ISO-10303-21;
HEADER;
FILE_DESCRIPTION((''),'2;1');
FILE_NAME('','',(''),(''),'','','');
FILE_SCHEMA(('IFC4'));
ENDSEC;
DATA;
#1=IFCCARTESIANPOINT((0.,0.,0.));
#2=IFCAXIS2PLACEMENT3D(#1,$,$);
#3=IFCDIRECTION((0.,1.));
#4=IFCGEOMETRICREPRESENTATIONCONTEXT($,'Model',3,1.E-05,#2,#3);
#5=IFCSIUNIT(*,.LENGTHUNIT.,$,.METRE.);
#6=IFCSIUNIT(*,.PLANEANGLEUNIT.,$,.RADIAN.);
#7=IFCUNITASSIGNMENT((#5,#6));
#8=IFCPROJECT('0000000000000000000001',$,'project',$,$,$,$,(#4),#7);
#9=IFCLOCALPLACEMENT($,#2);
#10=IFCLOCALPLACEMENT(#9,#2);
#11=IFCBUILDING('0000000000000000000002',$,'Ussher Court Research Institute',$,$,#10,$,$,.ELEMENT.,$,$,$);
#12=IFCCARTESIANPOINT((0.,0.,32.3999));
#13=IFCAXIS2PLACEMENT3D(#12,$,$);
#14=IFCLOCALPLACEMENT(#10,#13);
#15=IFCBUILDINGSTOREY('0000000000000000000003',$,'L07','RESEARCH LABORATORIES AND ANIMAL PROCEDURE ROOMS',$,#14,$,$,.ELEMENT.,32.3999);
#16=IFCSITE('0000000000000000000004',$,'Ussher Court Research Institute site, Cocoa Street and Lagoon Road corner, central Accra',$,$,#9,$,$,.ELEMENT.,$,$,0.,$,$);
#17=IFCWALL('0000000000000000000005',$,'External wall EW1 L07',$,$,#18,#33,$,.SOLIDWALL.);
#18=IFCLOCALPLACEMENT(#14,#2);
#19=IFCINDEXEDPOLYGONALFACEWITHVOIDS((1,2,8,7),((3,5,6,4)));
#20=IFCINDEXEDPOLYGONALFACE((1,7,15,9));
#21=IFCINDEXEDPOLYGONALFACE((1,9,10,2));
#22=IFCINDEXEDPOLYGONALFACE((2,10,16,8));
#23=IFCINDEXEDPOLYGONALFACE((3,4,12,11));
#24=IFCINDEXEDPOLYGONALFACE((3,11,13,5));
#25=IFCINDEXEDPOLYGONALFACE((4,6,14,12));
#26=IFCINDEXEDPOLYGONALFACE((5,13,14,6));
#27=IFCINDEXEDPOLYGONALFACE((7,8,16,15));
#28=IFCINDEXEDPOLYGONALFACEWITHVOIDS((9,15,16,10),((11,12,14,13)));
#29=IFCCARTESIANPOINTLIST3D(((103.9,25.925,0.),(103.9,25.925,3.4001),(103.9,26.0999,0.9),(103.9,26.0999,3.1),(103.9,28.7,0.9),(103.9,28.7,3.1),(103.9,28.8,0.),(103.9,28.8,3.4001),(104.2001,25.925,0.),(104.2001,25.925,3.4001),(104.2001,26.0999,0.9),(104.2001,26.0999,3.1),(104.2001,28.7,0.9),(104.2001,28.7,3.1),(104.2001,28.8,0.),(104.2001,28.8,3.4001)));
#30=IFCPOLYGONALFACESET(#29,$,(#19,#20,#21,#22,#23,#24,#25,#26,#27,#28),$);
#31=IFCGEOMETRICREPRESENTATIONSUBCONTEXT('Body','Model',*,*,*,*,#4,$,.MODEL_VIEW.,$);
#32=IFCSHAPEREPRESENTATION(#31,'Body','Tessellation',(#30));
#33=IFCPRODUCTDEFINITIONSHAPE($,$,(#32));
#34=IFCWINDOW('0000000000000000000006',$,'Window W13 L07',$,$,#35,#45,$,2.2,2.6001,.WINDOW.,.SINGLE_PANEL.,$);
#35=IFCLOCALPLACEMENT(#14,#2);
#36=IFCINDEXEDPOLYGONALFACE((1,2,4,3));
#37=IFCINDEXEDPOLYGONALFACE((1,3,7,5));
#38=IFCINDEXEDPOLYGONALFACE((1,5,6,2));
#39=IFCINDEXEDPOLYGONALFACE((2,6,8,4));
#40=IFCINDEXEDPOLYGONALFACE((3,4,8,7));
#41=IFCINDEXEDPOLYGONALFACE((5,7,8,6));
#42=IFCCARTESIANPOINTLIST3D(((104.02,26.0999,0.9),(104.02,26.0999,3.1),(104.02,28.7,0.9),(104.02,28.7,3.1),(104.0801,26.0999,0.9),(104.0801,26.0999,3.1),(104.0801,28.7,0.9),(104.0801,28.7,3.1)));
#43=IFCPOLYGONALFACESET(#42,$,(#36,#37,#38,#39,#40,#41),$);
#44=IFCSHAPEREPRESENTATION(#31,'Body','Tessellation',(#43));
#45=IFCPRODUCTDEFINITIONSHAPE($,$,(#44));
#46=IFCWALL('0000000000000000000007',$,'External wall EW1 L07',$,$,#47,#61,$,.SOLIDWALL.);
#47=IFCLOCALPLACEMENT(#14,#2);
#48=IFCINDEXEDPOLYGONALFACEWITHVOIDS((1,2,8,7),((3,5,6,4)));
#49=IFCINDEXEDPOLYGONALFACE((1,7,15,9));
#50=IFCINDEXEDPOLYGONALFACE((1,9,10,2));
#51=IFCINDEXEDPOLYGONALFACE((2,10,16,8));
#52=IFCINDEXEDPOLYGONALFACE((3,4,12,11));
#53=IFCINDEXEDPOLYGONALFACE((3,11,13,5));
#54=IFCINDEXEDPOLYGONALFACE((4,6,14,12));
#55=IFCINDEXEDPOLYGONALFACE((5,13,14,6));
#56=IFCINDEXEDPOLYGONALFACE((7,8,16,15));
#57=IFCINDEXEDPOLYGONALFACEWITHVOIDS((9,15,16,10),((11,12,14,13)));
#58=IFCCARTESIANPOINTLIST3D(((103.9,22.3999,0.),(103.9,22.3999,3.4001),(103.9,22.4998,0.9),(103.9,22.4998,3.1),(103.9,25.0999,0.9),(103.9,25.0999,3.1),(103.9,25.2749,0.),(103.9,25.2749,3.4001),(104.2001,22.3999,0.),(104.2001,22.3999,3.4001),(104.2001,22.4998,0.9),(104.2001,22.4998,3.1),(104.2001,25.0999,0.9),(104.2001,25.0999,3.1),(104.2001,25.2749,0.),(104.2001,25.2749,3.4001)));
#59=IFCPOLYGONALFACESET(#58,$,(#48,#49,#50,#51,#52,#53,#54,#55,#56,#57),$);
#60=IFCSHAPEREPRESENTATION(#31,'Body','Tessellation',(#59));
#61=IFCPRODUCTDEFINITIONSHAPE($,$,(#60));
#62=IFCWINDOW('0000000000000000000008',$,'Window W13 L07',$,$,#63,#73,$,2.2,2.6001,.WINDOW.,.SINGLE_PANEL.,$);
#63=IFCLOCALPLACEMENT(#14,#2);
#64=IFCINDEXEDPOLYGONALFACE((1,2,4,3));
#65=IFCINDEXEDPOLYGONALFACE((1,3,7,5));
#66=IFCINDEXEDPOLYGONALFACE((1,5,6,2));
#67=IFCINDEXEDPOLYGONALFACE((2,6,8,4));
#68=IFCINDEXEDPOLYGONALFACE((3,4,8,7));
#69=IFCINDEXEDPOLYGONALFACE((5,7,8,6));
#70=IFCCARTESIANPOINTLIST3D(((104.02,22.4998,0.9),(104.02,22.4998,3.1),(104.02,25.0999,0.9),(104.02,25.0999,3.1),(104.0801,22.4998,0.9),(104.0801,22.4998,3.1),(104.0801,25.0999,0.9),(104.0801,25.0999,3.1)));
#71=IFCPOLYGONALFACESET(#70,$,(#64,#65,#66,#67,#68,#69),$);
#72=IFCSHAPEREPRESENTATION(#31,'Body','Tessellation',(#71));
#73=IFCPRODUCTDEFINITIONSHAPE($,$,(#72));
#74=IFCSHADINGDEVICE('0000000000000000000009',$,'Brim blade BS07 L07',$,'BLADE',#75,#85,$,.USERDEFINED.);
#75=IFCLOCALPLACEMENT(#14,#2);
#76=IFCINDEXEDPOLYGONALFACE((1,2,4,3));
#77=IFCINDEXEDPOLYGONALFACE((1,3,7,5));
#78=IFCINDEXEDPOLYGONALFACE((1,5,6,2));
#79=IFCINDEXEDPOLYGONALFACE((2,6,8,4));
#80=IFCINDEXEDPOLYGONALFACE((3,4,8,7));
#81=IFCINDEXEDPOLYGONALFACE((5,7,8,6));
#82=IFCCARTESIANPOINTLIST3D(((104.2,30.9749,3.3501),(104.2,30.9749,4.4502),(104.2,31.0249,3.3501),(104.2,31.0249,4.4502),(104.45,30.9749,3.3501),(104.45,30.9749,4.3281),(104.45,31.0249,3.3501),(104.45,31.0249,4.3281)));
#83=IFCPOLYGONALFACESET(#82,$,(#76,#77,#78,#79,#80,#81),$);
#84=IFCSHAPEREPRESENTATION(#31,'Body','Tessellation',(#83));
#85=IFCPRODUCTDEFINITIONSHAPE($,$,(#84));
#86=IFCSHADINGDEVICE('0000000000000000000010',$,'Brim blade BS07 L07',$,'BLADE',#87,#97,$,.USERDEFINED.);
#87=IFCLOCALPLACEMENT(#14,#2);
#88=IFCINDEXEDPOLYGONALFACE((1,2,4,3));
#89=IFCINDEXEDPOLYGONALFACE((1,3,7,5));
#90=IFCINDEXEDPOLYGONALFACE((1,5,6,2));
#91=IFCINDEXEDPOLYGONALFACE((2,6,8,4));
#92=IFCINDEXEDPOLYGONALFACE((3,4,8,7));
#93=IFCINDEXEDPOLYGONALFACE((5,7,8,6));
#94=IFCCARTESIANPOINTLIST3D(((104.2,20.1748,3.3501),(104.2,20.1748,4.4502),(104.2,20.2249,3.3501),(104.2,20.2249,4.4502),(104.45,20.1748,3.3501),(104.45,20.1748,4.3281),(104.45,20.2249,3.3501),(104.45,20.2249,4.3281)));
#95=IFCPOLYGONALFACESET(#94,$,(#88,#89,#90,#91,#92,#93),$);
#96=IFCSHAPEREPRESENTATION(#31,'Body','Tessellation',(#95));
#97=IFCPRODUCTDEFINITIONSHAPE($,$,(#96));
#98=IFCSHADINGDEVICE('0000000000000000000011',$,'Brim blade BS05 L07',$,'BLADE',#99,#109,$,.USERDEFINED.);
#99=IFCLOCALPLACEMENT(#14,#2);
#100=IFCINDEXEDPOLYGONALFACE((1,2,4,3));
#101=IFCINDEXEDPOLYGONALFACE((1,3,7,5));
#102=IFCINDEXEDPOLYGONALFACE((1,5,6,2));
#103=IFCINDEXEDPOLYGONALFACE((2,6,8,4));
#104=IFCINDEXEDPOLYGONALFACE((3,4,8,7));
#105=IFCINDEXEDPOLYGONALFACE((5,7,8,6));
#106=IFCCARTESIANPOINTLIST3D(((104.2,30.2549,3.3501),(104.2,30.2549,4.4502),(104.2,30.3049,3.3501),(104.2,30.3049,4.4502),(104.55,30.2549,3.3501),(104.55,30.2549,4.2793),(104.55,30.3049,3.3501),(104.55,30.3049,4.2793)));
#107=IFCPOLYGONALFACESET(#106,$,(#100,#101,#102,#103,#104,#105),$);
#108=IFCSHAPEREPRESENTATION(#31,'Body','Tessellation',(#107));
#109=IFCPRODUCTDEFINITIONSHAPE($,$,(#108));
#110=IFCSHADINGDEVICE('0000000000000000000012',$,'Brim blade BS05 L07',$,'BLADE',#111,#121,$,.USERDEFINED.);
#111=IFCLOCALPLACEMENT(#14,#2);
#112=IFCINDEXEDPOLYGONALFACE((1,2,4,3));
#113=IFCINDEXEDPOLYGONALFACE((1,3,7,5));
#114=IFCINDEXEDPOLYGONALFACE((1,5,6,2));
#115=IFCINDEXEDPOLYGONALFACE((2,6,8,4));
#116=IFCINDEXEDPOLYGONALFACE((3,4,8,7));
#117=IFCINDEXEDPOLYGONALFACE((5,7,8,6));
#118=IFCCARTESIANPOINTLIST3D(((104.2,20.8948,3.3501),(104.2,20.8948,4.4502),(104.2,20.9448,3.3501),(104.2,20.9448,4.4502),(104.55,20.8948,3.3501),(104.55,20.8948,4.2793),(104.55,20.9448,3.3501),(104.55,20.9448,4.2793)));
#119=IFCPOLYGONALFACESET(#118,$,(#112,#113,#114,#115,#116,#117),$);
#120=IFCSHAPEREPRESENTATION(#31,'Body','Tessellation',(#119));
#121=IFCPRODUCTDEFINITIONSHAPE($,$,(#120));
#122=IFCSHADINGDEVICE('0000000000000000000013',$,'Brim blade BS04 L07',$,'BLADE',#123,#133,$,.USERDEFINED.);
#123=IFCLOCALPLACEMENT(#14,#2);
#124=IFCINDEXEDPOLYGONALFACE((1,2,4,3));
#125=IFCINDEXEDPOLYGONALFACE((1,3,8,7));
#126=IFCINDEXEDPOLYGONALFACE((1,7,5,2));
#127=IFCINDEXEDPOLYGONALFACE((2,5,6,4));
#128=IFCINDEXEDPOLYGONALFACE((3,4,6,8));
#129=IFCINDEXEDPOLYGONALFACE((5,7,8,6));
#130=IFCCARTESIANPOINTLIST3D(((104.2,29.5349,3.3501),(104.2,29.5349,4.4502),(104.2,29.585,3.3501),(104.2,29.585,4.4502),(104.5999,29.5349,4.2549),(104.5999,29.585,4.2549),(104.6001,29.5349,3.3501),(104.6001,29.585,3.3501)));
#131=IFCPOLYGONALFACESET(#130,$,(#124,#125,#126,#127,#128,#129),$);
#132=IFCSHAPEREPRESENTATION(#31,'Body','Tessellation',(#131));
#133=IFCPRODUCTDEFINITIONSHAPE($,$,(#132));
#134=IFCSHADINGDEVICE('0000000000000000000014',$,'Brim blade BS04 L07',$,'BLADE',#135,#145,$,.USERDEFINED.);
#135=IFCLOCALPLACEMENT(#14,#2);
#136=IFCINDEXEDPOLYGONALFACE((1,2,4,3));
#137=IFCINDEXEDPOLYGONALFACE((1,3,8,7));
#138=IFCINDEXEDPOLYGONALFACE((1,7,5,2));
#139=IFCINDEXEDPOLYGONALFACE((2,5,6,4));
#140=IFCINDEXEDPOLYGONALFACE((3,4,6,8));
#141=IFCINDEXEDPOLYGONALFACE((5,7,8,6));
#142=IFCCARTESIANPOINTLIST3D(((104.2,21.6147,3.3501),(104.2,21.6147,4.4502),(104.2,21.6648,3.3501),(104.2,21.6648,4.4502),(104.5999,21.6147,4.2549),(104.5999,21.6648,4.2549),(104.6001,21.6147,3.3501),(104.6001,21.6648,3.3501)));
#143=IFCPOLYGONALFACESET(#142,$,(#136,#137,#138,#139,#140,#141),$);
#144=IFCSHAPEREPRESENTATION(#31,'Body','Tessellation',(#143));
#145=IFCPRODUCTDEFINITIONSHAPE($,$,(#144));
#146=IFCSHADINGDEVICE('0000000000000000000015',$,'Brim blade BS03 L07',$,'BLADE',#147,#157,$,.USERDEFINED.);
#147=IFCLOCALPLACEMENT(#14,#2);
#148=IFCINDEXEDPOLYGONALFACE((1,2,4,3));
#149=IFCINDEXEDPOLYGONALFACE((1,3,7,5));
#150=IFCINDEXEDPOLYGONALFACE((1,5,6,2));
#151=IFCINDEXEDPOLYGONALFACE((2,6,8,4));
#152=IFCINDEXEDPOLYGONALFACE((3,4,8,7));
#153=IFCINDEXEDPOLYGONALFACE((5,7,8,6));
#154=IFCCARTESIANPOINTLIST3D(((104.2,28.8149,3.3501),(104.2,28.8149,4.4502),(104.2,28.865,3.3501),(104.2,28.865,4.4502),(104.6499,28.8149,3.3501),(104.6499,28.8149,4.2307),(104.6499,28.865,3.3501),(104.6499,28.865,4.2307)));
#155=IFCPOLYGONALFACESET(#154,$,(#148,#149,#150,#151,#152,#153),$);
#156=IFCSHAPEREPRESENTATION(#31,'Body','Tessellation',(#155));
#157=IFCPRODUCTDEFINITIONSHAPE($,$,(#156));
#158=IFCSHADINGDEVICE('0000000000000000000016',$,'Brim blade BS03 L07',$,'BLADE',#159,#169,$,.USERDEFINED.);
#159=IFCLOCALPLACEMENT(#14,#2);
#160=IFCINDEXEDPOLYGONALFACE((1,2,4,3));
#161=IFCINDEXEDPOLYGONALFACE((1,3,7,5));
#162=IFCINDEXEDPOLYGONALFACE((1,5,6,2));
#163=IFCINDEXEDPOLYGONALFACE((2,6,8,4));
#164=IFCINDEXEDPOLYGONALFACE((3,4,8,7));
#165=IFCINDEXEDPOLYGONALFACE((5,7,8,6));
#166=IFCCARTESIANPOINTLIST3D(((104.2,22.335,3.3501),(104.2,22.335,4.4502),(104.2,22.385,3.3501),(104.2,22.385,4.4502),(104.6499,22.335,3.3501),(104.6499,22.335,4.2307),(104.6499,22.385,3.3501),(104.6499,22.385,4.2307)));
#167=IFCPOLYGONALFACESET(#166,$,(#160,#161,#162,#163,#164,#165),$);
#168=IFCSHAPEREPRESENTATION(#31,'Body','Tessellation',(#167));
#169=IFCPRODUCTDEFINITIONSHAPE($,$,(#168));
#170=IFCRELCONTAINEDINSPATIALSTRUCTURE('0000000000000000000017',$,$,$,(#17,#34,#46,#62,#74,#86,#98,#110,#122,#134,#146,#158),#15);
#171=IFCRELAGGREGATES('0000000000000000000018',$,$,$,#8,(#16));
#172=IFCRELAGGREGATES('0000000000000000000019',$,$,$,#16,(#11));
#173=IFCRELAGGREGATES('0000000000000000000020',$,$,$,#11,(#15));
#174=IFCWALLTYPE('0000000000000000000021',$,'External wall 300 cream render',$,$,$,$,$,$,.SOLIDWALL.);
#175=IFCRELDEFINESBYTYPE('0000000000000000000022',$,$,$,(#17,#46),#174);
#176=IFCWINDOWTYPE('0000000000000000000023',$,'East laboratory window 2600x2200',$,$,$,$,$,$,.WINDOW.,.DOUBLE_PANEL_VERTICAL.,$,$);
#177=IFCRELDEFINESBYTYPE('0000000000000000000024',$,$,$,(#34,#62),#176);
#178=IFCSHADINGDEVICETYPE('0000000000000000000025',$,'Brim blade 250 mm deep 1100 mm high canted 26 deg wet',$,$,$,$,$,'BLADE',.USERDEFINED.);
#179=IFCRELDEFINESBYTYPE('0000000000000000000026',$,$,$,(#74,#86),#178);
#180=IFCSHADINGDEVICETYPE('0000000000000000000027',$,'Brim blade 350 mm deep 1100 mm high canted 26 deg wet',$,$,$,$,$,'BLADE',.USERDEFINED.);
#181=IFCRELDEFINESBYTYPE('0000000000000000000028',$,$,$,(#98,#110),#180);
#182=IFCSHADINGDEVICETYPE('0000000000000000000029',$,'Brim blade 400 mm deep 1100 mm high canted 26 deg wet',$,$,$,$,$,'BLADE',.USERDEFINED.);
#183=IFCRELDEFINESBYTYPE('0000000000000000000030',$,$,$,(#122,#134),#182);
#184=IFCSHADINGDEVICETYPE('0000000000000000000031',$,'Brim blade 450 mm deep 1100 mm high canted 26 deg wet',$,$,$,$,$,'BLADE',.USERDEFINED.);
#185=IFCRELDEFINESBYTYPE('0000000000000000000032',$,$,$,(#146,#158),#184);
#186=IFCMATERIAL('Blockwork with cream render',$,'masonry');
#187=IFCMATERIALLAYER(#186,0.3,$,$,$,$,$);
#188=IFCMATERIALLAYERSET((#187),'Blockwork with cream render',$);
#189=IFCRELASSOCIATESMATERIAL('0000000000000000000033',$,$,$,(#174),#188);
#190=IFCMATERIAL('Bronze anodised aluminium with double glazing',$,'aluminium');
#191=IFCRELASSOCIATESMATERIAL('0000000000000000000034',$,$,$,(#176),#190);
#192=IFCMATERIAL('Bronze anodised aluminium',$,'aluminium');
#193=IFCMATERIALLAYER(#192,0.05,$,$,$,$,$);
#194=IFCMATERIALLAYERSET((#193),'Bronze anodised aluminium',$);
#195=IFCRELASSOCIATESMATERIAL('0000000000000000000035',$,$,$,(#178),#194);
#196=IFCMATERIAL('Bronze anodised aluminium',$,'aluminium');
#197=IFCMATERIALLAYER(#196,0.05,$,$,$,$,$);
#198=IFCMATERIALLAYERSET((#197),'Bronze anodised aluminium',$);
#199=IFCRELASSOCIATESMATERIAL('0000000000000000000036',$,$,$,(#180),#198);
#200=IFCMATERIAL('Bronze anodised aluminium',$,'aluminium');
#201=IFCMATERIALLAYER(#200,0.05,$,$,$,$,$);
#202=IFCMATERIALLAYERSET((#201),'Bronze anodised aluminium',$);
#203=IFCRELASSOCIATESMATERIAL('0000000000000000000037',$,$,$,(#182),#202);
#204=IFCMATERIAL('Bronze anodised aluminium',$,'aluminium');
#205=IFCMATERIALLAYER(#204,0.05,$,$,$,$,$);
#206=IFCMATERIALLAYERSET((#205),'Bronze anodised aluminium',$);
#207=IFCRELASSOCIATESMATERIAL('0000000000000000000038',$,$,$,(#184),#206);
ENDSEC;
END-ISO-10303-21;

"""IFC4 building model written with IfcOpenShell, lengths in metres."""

from ifc_helpers import new_model, si_unit, direction, frame, frame_2d, origin, place, context, subcontext, project, spatial, polyline, rectangle, outline, extrude, material, layer, layer_set, type_object, element, fill, save


model = new_model("IFC4")

# Units and contexts
model_context = context("Model", 3, precision=1e-05, world=origin(), true_north=direction((0.0, 1.0)))
body_context = subcontext(model_context, "Body", "Model", "MODEL_VIEW")
ifc_project = project(units=[si_unit("LENGTHUNIT", "METRE"), si_unit("PLANEANGLEUNIT", "RADIAN")], contexts=[model_context])

# Site, building, storey
site_placement = place(None, origin())
site = spatial("IfcSite", under=ifc_project, at=site_placement, Name="Ussher Court Research Institute site, Cocoa Street and Lagoon Road corner, central Accra", CompositionType="ELEMENT", RefElevation=0.0)
building_placement = place(site_placement, origin())
building = spatial("IfcBuilding", under=site, at=building_placement, Name="Ussher Court Research Institute", CompositionType="ELEMENT")
storey_placement = place(building_placement, frame((0.0, 0.0, 32.3999)))
storey = spatial("IfcBuildingStorey", under=building, at=storey_placement, Name="L07", Description="RESEARCH LABORATORIES AND ANIMAL PROCEDURE ROOMS", CompositionType="ELEMENT", Elevation=32.3999)

# Walls, openings, windows
ifc_material_1 = material(Name="Blockwork with cream render", Category="masonry")
ifc_layer_1 = layer(ifc_material_1, 0.3)
ifc_layer_set_1 = layer_set([ifc_layer_1], Name="Blockwork with cream render")
wall_type = type_object("IfcWallType", Name="External wall 300 cream render", PredefinedType="SOLIDWALL", material=ifc_layer_set_1)
wall_1_placement = place(storey_placement, frame((104.05, 28.8, 0.0), z_axis=(0.0, 0.0, 1.0), x_axis=(0.0, -1.0, 0.0)))
wall_1 = element("IfcWall", 1, at=wall_1_placement, inside=storey, type_object=wall_type, Name="External wall EW1 L07", PredefinedType="SOLIDWALL", context=body_context, shape_type="SweptSolid", body=[
    extrude(rectangle(XDim=2.875, YDim=0.3, at=frame_2d((1.4375, 0.0))), origin(), (0.0, 0.0, 1.0), 3.4001),
])
opening_1_placement = place(wall_1_placement, frame((0.1001, 0.0, 0.8999)))
opening_1 = element("IfcOpeningElement", 2, at=opening_1_placement, cuts=wall_1, PredefinedType="OPENING", context=body_context, shape_type="SweptSolid", body=[
    extrude(rectangle(XDim=2.6001, YDim=2.2, at=frame_2d((1.3, 1.1001))), frame((0.0, 0.1602, 0.0), z_axis=(0.0, -1.0, 0.0), x_axis=(1.0, 0.0, 0.0)), (0.0, 0.0, 1.0), 0.3201),
])
ifc_material_2 = material(Name="Bronze anodised aluminium with double glazing", Category="aluminium")
window_type = type_object("IfcWindowType", Name="East laboratory window 2600x2200", PartitioningType="DOUBLE_PANEL_VERTICAL", PredefinedType="WINDOW", material=ifc_material_2)
window_1_placement = place(opening_1_placement, origin())
window_1 = element("IfcWindow", 3, at=window_1_placement, inside=storey, type_object=window_type, Name="Window W13 L07", OverallHeight=2.2, OverallWidth=2.6001, PartitioningType="SINGLE_PANEL", PredefinedType="WINDOW", context=body_context, shape_type="SweptSolid", body=[
    extrude(rectangle(XDim=2.6001, YDim=2.2, at=frame_2d((1.3, 1.1001))), frame((0.0, 0.03, 0.0), z_axis=(0.0, -1.0, 0.0), x_axis=(1.0, 0.0, 0.0)), (0.0, 0.0, 1.0), 0.0601),
])
fill(opening_1, window_1)
wall_2_placement = place(storey_placement, frame((104.05, 25.2749, 0.0), z_axis=(0.0, 0.0, 1.0), x_axis=(0.0, -1.0, 0.0)))
wall_2 = element("IfcWall", 4, at=wall_2_placement, inside=storey, type_object=wall_type, Name="External wall EW1 L07", PredefinedType="SOLIDWALL", context=body_context, shape_type="SweptSolid", body=[
    extrude(rectangle(XDim=2.875, YDim=0.3, at=frame_2d((1.4375, 0.0))), origin(), (0.0, 0.0, 1.0), 3.4001),
])
opening_2_placement = place(wall_2_placement, frame((0.175, 0.0, 0.8999)))
opening_2 = element("IfcOpeningElement", 5, at=opening_2_placement, cuts=wall_2, PredefinedType="OPENING", context=body_context, shape_type="SweptSolid", body=[
    extrude(rectangle(XDim=2.6001, YDim=2.2, at=frame_2d((1.3, 1.1001))), frame((0.0, 0.1602, 0.0), z_axis=(0.0, -1.0, 0.0), x_axis=(1.0, 0.0, 0.0)), (0.0, 0.0, 1.0), 0.3201),
])
window_2_placement = place(opening_2_placement, origin())
window_2 = element("IfcWindow", 6, at=window_2_placement, inside=storey, type_object=window_type, Name="Window W13 L07", OverallHeight=2.2, OverallWidth=2.6001, PartitioningType="SINGLE_PANEL", PredefinedType="WINDOW", context=body_context, shape_type="SweptSolid", body=[
    extrude(rectangle(XDim=2.6001, YDim=2.2, at=frame_2d((1.3, 1.1001))), frame((0.0, 0.03, 0.0), z_axis=(0.0, -1.0, 0.0), x_axis=(1.0, 0.0, 0.0)), (0.0, 0.0, 1.0), 0.0601),
])
fill(opening_2, window_2)

# Shading devices
ifc_material_3 = material(Name="Bronze anodised aluminium", Category="aluminium")
ifc_layer_2 = layer(ifc_material_3, 0.05)
ifc_layer_set_2 = layer_set([ifc_layer_2], Name="Bronze anodised aluminium")
shading_device_type_1 = type_object("IfcShadingDeviceType", Name="Brim blade 250 mm deep 1100 mm high canted 26 deg wet", ElementType="BLADE", PredefinedType="USERDEFINED", material=ifc_layer_set_2)
for number, where, z_axis, x_axis, name in (
    (7, (104.2, 31.0, 3.3501), (0.0, 0.0, 1.0), (1.0, 0.0, 0.0), "Brim blade BS07 L07"),
    (8, (104.2, 20.2, 3.3501), (0.0, 0.0, 1.0), (1.0, 0.0, 0.0), "Brim blade BS07 L07"),
):
    element("IfcShadingDevice", number, at=place(storey_placement, frame(where, z_axis=z_axis, x_axis=x_axis)), inside=storey, type_object=shading_device_type_1, Name=name, ObjectType="BLADE", PredefinedType="USERDEFINED", context=body_context, shape_type="SweptSolid", body=[
        extrude(outline(polyline([(0.0, 0.0), (0.25, 0.0), (0.25, 0.978), (0.0, 1.1001), (0.0, 0.0)])), frame((0.0, 0.0249, 0.0), z_axis=(0.0, -1.0, 0.0), x_axis=(1.0, 0.0, 0.0)), (0.0, 0.0, 1.0), 0.05),
    ])
ifc_material_4 = material(Name="Bronze anodised aluminium", Category="aluminium")
ifc_layer_3 = layer(ifc_material_4, 0.05)
ifc_layer_set_3 = layer_set([ifc_layer_3], Name="Bronze anodised aluminium")
shading_device_type_2 = type_object("IfcShadingDeviceType", Name="Brim blade 350 mm deep 1100 mm high canted 26 deg wet", ElementType="BLADE", PredefinedType="USERDEFINED", material=ifc_layer_set_3)
for number, where, z_axis, x_axis, name in (
    (9, (104.2, 30.28, 3.3501), (0.0, 0.0, 1.0), (1.0, 0.0, 0.0), "Brim blade BS05 L07"),
    (10, (104.2, 20.9199, 3.3501), (0.0, 0.0, 1.0), (1.0, 0.0, 0.0), "Brim blade BS05 L07"),
):
    element("IfcShadingDevice", number, at=place(storey_placement, frame(where, z_axis=z_axis, x_axis=x_axis)), inside=storey, type_object=shading_device_type_2, Name=name, ObjectType="BLADE", PredefinedType="USERDEFINED", context=body_context, shape_type="SweptSolid", body=[
        extrude(outline(polyline([(0.0, 0.0), (0.3501, 0.0), (0.3501, 0.9292), (0.0, 1.1001), (0.0, 0.0)])), frame((0.0, 0.0249, 0.0), z_axis=(0.0, -1.0, 0.0), x_axis=(1.0, 0.0, 0.0)), (0.0, 0.0, 1.0), 0.05),
    ])
ifc_material_5 = material(Name="Bronze anodised aluminium", Category="aluminium")
ifc_layer_4 = layer(ifc_material_5, 0.05)
ifc_layer_set_4 = layer_set([ifc_layer_4], Name="Bronze anodised aluminium")
shading_device_type_3 = type_object("IfcShadingDeviceType", Name="Brim blade 400 mm deep 1100 mm high canted 26 deg wet", ElementType="BLADE", PredefinedType="USERDEFINED", material=ifc_layer_set_4)
for number, where, z_axis, x_axis, name in (
    (11, (104.2, 29.5601, 3.3501), (0.0, 0.0, 1.0), (1.0, 0.0, 0.0), "Brim blade BS04 L07"),
    (12, (104.2, 21.6399, 3.3501), (0.0, 0.0, 1.0), (1.0, 0.0, 0.0), "Brim blade BS04 L07"),
):
    element("IfcShadingDevice", number, at=place(storey_placement, frame(where, z_axis=z_axis, x_axis=x_axis)), inside=storey, type_object=shading_device_type_3, Name=name, ObjectType="BLADE", PredefinedType="USERDEFINED", context=body_context, shape_type="SweptSolid", body=[
        extrude(outline(polyline([(0.0, 0.0), (0.4001, 0.0), (0.3999, 0.9048), (0.0, 1.1001), (0.0, 0.0)])), frame((0.0, 0.0249, 0.0), z_axis=(0.0, -1.0, 0.0), x_axis=(1.0, 0.0, 0.0)), (0.0, 0.0, 1.0), 0.05),
    ])
ifc_material_6 = material(Name="Bronze anodised aluminium", Category="aluminium")
ifc_layer_5 = layer(ifc_material_6, 0.05)
ifc_layer_set_5 = layer_set([ifc_layer_5], Name="Bronze anodised aluminium")
shading_device_type_4 = type_object("IfcShadingDeviceType", Name="Brim blade 450 mm deep 1100 mm high canted 26 deg wet", ElementType="BLADE", PredefinedType="USERDEFINED", material=ifc_layer_set_5)
for number, where, z_axis, x_axis, name in (
    (13, (104.2, 28.8401, 3.3501), (0.0, 0.0, 1.0), (1.0, 0.0, 0.0), "Brim blade BS03 L07"),
    (14, (104.2, 22.3601, 3.3501), (0.0, 0.0, 1.0), (1.0, 0.0, 0.0), "Brim blade BS03 L07"),
):
    element("IfcShadingDevice", number, at=place(storey_placement, frame(where, z_axis=z_axis, x_axis=x_axis)), inside=storey, type_object=shading_device_type_4, Name=name, ObjectType="BLADE", PredefinedType="USERDEFINED", context=body_context, shape_type="SweptSolid", body=[
        extrude(outline(polyline([(0.0, 0.0), (0.45, 0.0), (0.45, 0.8806), (0.0, 1.1001), (0.0, 0.0)])), frame((0.0, 0.0249, 0.0), z_axis=(0.0, -1.0, 0.0), x_axis=(1.0, 0.0, 0.0)), (0.0, 0.0, 1.0), 0.05),
    ])

save(model, "model.ifc")
